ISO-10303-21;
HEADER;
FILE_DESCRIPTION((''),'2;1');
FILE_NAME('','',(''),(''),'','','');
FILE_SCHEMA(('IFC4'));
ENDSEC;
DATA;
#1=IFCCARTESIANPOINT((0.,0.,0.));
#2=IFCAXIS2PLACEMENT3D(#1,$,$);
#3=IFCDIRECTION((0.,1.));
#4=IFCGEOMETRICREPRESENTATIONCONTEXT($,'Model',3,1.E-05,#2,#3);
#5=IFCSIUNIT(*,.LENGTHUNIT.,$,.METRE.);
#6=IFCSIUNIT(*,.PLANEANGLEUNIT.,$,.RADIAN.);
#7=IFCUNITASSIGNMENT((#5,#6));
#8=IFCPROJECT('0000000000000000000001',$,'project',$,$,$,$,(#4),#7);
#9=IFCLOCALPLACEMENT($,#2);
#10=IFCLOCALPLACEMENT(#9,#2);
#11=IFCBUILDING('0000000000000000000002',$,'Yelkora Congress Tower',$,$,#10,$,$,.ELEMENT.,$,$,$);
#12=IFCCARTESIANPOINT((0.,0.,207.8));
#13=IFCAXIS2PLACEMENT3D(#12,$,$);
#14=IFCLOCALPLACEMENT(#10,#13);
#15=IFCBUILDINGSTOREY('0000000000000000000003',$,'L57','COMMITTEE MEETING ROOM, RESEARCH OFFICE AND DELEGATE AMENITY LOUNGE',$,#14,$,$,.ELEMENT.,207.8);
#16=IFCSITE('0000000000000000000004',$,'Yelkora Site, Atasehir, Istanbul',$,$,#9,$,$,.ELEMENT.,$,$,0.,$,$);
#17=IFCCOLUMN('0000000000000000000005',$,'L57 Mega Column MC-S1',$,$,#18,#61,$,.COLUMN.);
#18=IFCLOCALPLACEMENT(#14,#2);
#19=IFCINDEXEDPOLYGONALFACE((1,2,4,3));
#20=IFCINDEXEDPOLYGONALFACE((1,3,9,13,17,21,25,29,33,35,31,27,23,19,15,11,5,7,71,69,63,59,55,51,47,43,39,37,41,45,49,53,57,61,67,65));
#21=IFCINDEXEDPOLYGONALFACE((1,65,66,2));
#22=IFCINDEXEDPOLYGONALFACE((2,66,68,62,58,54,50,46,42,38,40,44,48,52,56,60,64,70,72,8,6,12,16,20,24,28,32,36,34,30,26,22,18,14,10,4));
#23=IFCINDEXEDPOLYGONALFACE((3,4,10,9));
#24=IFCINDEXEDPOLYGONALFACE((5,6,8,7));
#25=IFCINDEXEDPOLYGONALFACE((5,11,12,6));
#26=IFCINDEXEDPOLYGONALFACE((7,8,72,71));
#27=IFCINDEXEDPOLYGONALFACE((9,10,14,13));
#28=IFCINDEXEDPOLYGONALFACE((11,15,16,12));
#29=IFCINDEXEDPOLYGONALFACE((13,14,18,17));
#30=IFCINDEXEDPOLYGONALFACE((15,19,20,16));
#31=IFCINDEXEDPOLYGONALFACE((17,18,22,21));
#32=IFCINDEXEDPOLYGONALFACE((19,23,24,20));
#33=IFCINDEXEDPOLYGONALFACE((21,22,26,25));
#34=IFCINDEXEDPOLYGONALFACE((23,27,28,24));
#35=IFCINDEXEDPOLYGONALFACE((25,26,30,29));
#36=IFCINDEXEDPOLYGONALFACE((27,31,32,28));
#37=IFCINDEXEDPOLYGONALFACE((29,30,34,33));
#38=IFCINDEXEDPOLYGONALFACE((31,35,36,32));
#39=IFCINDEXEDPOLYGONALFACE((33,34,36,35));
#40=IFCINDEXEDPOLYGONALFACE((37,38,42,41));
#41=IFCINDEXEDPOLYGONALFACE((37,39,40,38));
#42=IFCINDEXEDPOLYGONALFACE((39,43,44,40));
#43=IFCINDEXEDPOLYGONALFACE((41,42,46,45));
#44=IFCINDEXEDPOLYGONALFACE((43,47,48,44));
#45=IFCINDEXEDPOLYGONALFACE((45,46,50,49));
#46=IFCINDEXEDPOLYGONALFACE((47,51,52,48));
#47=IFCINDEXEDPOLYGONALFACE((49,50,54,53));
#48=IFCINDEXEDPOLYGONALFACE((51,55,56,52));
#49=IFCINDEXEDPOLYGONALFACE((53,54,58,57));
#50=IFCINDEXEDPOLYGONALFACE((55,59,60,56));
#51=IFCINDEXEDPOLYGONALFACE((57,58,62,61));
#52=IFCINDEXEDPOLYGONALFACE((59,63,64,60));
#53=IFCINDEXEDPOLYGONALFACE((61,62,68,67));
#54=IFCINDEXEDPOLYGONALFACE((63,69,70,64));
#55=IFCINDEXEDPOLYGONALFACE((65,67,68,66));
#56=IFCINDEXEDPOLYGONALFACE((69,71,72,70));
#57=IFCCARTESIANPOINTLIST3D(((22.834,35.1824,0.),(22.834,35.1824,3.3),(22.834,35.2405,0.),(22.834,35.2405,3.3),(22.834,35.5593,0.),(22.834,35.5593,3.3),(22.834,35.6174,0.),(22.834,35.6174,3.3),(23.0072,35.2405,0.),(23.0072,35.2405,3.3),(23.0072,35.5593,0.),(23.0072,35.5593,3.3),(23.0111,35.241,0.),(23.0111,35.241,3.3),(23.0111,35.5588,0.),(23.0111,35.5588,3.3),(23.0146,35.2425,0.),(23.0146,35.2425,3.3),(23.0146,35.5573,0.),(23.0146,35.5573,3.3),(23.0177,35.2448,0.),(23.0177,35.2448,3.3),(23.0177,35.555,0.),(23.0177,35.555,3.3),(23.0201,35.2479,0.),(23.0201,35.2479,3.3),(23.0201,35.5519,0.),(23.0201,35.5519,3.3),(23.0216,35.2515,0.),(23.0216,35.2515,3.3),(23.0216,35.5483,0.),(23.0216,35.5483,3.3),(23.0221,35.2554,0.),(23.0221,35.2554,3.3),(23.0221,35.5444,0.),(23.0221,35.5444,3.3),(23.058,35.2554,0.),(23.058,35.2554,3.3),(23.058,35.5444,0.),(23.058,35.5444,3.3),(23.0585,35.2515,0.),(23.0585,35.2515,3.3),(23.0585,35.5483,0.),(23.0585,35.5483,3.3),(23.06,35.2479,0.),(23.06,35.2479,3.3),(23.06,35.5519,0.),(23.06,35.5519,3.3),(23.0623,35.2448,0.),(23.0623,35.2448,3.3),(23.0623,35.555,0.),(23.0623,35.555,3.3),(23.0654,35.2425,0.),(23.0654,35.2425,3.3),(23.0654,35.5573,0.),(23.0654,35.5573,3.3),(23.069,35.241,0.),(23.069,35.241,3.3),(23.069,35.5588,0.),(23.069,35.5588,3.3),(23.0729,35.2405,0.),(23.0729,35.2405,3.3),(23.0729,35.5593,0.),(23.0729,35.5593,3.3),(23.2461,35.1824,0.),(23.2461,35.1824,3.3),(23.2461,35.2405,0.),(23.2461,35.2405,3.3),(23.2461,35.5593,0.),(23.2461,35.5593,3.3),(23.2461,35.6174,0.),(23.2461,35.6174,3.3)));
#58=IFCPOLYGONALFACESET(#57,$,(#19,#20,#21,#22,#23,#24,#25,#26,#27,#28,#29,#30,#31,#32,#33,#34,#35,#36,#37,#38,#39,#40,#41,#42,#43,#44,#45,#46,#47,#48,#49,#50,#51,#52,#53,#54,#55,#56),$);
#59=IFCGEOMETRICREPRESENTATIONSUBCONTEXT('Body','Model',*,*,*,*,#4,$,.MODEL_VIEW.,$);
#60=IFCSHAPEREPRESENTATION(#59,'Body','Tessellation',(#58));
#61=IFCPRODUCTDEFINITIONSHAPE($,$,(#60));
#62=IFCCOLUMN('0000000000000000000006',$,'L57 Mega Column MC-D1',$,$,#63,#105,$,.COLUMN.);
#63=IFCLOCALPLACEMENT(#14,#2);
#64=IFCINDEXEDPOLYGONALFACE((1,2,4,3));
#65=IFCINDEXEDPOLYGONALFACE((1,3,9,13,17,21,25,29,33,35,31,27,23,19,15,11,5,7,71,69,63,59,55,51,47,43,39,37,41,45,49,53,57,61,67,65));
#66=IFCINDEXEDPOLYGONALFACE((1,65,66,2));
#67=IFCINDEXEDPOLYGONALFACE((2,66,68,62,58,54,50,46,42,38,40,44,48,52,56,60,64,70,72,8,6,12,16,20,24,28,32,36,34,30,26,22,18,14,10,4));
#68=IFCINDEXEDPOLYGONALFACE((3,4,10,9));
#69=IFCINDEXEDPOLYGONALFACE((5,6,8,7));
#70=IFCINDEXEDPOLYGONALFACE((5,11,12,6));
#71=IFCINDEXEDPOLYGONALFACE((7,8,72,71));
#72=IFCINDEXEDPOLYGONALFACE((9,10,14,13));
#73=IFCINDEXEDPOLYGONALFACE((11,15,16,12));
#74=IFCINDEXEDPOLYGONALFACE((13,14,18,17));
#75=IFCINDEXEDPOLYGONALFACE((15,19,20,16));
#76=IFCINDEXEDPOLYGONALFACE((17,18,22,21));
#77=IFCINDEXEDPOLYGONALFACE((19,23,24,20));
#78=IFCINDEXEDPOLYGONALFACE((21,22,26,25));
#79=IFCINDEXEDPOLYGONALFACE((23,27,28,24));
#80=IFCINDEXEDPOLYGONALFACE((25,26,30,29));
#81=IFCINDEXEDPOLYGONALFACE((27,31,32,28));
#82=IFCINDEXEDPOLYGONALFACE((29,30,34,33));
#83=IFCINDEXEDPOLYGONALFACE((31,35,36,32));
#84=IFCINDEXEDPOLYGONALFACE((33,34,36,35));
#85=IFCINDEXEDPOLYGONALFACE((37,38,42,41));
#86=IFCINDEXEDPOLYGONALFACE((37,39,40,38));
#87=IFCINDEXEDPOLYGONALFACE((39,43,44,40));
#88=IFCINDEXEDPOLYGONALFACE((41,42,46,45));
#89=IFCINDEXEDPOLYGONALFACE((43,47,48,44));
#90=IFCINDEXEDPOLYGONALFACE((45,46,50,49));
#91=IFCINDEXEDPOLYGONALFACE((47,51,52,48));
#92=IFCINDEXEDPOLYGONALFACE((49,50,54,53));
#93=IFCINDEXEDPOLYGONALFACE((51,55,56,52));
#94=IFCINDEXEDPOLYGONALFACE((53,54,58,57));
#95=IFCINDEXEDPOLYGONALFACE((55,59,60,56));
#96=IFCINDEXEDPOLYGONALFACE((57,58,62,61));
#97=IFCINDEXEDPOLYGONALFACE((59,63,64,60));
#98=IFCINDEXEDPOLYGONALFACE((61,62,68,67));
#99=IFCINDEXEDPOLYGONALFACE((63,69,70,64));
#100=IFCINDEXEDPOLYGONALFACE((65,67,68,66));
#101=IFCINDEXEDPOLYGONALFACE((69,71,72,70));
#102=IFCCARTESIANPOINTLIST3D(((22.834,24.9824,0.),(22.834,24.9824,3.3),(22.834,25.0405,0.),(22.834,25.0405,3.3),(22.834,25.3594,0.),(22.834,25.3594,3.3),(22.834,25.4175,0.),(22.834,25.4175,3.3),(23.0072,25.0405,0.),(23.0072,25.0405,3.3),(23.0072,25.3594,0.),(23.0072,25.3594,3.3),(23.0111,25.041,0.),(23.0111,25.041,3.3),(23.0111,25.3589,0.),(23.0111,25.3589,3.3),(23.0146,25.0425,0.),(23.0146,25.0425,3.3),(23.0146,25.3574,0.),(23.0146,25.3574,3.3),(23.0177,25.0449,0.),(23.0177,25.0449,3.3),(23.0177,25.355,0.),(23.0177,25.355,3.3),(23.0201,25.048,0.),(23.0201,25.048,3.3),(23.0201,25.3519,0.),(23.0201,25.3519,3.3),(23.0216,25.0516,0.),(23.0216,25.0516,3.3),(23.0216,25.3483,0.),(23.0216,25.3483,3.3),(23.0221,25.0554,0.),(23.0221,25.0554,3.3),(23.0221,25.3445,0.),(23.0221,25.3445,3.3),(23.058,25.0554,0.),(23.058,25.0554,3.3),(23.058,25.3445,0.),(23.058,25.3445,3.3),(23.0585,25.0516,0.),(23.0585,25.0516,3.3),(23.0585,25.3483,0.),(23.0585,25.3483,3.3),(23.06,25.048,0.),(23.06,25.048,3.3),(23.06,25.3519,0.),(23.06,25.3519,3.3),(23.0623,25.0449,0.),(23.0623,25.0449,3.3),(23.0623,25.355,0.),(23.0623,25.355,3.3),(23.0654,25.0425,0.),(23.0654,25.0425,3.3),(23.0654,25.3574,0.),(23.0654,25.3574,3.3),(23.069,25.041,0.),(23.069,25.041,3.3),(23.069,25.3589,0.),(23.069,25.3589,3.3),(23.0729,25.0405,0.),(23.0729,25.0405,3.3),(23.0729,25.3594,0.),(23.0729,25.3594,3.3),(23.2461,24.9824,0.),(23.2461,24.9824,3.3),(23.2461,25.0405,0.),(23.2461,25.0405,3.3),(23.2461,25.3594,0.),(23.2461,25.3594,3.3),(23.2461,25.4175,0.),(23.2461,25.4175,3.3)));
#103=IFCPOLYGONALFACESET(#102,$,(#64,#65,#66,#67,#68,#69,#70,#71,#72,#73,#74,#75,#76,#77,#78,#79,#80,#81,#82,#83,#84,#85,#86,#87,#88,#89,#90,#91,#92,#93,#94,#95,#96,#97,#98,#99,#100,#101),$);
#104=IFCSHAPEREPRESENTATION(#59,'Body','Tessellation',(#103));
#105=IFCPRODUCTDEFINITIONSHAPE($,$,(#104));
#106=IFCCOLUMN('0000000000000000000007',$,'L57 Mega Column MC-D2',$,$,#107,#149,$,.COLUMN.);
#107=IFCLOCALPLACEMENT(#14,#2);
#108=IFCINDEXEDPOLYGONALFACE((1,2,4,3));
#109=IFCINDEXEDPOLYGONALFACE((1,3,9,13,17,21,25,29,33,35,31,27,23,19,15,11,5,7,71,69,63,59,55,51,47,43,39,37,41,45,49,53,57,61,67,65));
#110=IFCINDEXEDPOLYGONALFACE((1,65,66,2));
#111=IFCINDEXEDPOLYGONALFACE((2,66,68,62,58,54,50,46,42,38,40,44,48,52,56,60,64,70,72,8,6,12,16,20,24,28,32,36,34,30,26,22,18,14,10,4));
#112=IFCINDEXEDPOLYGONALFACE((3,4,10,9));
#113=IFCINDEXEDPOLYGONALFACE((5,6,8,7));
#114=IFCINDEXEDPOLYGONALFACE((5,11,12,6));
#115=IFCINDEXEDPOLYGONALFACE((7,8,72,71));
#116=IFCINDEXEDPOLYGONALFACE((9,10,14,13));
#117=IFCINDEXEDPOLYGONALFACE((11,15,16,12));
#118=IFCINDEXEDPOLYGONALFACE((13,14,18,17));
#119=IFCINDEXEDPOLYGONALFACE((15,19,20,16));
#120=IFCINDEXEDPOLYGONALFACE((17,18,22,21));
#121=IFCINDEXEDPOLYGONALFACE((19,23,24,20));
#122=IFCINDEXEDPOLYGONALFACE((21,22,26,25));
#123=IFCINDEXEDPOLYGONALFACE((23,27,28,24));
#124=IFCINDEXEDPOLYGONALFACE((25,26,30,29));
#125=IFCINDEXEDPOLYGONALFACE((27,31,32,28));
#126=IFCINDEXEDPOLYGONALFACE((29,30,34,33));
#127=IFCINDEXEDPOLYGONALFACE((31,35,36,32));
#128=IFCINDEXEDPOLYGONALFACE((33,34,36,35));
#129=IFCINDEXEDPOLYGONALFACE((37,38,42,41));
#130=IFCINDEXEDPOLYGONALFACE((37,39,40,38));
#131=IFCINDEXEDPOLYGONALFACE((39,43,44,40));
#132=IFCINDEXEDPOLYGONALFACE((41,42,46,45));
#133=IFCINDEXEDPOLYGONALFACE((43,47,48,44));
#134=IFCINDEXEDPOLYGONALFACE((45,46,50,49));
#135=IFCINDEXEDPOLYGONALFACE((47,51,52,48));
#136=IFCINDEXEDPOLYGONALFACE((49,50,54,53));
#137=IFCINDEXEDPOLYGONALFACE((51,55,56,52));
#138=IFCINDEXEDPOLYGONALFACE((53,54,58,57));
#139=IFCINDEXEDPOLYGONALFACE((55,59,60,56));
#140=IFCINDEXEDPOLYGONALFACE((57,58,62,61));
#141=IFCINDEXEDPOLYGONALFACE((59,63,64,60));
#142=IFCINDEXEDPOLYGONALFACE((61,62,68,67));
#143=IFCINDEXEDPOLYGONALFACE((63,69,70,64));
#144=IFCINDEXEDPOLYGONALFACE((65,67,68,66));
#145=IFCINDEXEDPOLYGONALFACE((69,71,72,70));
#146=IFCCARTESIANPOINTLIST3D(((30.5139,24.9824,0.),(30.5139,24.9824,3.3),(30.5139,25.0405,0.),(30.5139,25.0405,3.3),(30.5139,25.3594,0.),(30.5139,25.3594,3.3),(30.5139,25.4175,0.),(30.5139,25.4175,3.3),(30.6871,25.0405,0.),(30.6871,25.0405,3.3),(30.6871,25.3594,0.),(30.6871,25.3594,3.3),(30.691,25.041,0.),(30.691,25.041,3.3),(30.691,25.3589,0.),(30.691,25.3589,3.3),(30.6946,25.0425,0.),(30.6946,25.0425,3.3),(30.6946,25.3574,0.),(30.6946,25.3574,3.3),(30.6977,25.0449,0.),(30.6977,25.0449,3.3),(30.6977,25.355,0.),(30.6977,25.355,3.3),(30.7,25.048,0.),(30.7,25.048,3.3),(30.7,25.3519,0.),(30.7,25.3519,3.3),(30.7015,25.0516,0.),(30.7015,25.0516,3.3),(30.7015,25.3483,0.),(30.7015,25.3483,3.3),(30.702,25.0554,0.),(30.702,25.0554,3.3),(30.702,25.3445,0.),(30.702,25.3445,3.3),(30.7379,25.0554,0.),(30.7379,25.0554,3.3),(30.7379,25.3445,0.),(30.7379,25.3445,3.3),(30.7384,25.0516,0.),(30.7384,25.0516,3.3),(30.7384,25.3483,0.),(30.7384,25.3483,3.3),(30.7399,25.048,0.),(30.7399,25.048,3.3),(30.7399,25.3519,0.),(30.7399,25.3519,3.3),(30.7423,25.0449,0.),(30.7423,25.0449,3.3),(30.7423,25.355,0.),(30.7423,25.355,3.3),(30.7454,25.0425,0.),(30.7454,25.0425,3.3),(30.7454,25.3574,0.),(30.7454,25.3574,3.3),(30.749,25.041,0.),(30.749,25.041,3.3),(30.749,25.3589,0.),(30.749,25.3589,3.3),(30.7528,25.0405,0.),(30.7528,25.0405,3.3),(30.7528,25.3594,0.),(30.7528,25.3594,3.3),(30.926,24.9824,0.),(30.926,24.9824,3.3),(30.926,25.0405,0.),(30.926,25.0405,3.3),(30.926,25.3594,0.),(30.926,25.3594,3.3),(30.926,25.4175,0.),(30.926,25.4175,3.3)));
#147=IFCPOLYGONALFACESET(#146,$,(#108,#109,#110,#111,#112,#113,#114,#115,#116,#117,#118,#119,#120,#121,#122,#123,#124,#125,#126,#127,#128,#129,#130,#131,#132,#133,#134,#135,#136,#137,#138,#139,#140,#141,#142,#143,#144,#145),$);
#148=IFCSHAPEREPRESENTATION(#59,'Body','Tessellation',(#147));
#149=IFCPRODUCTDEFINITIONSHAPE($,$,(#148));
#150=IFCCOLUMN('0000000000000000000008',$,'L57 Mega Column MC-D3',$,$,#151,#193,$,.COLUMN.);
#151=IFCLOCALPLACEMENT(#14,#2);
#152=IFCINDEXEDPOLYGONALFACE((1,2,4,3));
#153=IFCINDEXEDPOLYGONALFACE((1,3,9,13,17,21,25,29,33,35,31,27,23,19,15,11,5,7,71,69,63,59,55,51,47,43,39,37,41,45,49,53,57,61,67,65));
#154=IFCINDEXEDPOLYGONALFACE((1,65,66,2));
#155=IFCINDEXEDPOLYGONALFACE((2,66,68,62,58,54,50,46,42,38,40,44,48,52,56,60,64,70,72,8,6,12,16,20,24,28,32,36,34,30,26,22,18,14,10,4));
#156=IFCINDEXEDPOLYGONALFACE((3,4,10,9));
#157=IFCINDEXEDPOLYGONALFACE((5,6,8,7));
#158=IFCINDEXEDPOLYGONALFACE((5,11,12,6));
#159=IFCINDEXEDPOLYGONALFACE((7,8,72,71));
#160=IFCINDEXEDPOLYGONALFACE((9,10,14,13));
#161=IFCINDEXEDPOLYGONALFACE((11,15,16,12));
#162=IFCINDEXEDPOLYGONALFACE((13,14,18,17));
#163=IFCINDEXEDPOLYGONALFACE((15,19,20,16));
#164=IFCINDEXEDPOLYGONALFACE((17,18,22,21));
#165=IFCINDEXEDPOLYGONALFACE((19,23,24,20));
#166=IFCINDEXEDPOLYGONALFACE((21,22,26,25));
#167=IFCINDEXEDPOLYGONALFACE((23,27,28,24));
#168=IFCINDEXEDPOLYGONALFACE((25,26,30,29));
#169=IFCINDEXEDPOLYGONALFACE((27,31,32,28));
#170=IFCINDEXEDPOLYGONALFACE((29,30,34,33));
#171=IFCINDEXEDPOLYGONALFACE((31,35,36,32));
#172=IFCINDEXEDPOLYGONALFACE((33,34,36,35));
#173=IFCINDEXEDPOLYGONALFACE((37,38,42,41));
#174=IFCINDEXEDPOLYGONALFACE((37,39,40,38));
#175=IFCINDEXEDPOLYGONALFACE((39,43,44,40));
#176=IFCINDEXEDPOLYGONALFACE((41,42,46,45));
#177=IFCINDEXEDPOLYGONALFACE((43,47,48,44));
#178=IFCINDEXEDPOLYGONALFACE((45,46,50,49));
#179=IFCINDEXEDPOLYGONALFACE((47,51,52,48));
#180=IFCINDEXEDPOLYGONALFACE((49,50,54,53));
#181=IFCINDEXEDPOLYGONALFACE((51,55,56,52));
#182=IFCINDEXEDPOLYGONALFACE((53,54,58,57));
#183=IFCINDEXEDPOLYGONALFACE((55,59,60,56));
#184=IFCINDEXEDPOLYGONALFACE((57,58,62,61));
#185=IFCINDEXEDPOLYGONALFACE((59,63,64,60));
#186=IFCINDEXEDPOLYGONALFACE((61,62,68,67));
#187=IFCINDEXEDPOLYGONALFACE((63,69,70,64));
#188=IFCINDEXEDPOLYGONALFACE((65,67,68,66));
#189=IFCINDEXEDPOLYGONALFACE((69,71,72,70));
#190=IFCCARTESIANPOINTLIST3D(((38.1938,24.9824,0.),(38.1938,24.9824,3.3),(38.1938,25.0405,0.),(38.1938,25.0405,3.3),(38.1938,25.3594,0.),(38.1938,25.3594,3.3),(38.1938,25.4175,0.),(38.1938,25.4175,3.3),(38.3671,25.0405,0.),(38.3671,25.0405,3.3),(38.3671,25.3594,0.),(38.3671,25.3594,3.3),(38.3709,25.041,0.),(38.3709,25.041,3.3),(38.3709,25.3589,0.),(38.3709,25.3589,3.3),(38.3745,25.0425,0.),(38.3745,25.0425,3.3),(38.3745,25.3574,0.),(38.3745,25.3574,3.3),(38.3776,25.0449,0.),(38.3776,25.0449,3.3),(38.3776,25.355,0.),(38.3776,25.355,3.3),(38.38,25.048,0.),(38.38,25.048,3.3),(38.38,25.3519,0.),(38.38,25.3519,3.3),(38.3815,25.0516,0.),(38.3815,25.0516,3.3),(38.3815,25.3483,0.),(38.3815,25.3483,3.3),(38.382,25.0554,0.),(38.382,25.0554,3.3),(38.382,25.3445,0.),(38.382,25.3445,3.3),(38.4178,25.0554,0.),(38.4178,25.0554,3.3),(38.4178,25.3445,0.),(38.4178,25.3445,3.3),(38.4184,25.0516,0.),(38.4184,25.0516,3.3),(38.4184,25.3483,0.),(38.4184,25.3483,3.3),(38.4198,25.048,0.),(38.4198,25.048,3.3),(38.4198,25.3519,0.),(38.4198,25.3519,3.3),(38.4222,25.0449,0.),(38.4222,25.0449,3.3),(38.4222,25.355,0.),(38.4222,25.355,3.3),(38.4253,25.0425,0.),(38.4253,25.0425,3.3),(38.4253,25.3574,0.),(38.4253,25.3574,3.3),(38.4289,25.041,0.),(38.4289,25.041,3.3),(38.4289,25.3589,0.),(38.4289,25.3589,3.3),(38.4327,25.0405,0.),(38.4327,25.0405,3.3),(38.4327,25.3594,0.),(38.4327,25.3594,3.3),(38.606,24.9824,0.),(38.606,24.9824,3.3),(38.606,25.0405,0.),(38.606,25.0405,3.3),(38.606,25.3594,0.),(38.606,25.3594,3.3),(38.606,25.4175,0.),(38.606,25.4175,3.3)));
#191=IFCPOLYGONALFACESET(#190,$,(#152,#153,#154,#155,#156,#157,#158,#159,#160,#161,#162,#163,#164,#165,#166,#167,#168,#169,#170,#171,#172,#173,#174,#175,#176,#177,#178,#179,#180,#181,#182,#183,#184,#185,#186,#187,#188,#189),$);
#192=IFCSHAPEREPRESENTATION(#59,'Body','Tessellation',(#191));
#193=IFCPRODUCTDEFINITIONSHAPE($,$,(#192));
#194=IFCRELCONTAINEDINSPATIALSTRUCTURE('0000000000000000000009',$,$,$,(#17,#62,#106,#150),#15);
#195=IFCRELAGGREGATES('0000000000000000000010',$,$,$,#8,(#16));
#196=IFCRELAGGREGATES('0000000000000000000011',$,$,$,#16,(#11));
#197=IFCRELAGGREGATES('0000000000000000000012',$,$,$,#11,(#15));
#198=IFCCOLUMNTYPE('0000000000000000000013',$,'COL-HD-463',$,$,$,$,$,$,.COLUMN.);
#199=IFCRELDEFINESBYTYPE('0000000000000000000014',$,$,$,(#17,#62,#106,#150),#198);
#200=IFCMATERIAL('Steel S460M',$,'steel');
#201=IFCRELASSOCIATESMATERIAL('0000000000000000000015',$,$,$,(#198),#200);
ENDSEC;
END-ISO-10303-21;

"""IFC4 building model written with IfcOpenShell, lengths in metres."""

from ifc_helpers import new_model, si_unit, direction, frame, origin, origin_2d, place, context, subcontext, project, spatial, i_section, extrude, material, material_profile, profile_set, type_object, element, save


model = new_model("IFC4")

# Units and contexts
model_context = context("Model", 3, precision=1e-05, world=origin(), true_north=direction((0.0, 1.0)))
body_context = subcontext(model_context, "Body", "Model", "MODEL_VIEW")
ifc_project = project(units=[si_unit("LENGTHUNIT", "METRE"), si_unit("PLANEANGLEUNIT", "RADIAN")], contexts=[model_context])

# Site, building, storey
site_placement = place(None, origin())
site = spatial("IfcSite", under=ifc_project, at=site_placement, Name="Yelkora Site, Atasehir, Istanbul", CompositionType="ELEMENT", RefElevation=0.0)
building_placement = place(site_placement, origin())
building = spatial("IfcBuilding", under=site, at=building_placement, Name="Yelkora Congress Tower", CompositionType="ELEMENT")
storey_placement = place(building_placement, frame((0.0, 0.0, 207.8)))
storey = spatial("IfcBuildingStorey", under=building, at=storey_placement, Name="L57", Description="COMMITTEE MEETING ROOM, RESEARCH OFFICE AND DELEGATE AMENITY LOUNGE", CompositionType="ELEMENT", Elevation=207.8)

# Columns
ifc_material_1 = material(Name="Steel S460M", Category="steel")
ifc_material_profile_1 = material_profile(ifc_material_1, i_section(OverallWidth=0.4121, OverallDepth=0.4351, WebThickness=0.0359, FlangeThickness=0.0581, FilletRadius=0.0149, at=origin_2d()), Name="HD 400x463")
ifc_profile_set_1 = profile_set([ifc_material_profile_1], Name="Steel S460M")
column_type = type_object("IfcColumnType", Name="COL-HD-463", PredefinedType="COLUMN", material=ifc_profile_set_1)
for number, where, z_axis, x_axis, name in (
    (1, (23.04, 35.3999, 0.0), (0.0, 0.0, 1.0), (1.0, 0.0, 0.0), "L57 Mega Column MC-S1"),
    (2, (23.04, 25.2, 0.0), (0.0, 0.0, 1.0), (1.0, 0.0, 0.0), "L57 Mega Column MC-D1"),
    (3, (30.72, 25.2, 0.0), (0.0, 0.0, 1.0), (1.0, 0.0, 0.0), "L57 Mega Column MC-D2"),
    (4, (38.3999, 25.2, 0.0), (0.0, 0.0, 1.0), (1.0, 0.0, 0.0), "L57 Mega Column MC-D3"),
):
    element("IfcColumn", number, at=place(storey_placement, frame(where, z_axis=z_axis, x_axis=x_axis)), inside=storey, type_object=column_type, Name=name, PredefinedType="COLUMN", context=body_context, shape_type="SweptSolid", body=[
        extrude(i_section(OverallWidth=0.4121, OverallDepth=0.4351, WebThickness=0.0359, FlangeThickness=0.0581, FilletRadius=0.0149, at=origin_2d()), origin(), (0.0, 0.0, 1.0), 3.3),
    ])

save(model, "model.ifc")
